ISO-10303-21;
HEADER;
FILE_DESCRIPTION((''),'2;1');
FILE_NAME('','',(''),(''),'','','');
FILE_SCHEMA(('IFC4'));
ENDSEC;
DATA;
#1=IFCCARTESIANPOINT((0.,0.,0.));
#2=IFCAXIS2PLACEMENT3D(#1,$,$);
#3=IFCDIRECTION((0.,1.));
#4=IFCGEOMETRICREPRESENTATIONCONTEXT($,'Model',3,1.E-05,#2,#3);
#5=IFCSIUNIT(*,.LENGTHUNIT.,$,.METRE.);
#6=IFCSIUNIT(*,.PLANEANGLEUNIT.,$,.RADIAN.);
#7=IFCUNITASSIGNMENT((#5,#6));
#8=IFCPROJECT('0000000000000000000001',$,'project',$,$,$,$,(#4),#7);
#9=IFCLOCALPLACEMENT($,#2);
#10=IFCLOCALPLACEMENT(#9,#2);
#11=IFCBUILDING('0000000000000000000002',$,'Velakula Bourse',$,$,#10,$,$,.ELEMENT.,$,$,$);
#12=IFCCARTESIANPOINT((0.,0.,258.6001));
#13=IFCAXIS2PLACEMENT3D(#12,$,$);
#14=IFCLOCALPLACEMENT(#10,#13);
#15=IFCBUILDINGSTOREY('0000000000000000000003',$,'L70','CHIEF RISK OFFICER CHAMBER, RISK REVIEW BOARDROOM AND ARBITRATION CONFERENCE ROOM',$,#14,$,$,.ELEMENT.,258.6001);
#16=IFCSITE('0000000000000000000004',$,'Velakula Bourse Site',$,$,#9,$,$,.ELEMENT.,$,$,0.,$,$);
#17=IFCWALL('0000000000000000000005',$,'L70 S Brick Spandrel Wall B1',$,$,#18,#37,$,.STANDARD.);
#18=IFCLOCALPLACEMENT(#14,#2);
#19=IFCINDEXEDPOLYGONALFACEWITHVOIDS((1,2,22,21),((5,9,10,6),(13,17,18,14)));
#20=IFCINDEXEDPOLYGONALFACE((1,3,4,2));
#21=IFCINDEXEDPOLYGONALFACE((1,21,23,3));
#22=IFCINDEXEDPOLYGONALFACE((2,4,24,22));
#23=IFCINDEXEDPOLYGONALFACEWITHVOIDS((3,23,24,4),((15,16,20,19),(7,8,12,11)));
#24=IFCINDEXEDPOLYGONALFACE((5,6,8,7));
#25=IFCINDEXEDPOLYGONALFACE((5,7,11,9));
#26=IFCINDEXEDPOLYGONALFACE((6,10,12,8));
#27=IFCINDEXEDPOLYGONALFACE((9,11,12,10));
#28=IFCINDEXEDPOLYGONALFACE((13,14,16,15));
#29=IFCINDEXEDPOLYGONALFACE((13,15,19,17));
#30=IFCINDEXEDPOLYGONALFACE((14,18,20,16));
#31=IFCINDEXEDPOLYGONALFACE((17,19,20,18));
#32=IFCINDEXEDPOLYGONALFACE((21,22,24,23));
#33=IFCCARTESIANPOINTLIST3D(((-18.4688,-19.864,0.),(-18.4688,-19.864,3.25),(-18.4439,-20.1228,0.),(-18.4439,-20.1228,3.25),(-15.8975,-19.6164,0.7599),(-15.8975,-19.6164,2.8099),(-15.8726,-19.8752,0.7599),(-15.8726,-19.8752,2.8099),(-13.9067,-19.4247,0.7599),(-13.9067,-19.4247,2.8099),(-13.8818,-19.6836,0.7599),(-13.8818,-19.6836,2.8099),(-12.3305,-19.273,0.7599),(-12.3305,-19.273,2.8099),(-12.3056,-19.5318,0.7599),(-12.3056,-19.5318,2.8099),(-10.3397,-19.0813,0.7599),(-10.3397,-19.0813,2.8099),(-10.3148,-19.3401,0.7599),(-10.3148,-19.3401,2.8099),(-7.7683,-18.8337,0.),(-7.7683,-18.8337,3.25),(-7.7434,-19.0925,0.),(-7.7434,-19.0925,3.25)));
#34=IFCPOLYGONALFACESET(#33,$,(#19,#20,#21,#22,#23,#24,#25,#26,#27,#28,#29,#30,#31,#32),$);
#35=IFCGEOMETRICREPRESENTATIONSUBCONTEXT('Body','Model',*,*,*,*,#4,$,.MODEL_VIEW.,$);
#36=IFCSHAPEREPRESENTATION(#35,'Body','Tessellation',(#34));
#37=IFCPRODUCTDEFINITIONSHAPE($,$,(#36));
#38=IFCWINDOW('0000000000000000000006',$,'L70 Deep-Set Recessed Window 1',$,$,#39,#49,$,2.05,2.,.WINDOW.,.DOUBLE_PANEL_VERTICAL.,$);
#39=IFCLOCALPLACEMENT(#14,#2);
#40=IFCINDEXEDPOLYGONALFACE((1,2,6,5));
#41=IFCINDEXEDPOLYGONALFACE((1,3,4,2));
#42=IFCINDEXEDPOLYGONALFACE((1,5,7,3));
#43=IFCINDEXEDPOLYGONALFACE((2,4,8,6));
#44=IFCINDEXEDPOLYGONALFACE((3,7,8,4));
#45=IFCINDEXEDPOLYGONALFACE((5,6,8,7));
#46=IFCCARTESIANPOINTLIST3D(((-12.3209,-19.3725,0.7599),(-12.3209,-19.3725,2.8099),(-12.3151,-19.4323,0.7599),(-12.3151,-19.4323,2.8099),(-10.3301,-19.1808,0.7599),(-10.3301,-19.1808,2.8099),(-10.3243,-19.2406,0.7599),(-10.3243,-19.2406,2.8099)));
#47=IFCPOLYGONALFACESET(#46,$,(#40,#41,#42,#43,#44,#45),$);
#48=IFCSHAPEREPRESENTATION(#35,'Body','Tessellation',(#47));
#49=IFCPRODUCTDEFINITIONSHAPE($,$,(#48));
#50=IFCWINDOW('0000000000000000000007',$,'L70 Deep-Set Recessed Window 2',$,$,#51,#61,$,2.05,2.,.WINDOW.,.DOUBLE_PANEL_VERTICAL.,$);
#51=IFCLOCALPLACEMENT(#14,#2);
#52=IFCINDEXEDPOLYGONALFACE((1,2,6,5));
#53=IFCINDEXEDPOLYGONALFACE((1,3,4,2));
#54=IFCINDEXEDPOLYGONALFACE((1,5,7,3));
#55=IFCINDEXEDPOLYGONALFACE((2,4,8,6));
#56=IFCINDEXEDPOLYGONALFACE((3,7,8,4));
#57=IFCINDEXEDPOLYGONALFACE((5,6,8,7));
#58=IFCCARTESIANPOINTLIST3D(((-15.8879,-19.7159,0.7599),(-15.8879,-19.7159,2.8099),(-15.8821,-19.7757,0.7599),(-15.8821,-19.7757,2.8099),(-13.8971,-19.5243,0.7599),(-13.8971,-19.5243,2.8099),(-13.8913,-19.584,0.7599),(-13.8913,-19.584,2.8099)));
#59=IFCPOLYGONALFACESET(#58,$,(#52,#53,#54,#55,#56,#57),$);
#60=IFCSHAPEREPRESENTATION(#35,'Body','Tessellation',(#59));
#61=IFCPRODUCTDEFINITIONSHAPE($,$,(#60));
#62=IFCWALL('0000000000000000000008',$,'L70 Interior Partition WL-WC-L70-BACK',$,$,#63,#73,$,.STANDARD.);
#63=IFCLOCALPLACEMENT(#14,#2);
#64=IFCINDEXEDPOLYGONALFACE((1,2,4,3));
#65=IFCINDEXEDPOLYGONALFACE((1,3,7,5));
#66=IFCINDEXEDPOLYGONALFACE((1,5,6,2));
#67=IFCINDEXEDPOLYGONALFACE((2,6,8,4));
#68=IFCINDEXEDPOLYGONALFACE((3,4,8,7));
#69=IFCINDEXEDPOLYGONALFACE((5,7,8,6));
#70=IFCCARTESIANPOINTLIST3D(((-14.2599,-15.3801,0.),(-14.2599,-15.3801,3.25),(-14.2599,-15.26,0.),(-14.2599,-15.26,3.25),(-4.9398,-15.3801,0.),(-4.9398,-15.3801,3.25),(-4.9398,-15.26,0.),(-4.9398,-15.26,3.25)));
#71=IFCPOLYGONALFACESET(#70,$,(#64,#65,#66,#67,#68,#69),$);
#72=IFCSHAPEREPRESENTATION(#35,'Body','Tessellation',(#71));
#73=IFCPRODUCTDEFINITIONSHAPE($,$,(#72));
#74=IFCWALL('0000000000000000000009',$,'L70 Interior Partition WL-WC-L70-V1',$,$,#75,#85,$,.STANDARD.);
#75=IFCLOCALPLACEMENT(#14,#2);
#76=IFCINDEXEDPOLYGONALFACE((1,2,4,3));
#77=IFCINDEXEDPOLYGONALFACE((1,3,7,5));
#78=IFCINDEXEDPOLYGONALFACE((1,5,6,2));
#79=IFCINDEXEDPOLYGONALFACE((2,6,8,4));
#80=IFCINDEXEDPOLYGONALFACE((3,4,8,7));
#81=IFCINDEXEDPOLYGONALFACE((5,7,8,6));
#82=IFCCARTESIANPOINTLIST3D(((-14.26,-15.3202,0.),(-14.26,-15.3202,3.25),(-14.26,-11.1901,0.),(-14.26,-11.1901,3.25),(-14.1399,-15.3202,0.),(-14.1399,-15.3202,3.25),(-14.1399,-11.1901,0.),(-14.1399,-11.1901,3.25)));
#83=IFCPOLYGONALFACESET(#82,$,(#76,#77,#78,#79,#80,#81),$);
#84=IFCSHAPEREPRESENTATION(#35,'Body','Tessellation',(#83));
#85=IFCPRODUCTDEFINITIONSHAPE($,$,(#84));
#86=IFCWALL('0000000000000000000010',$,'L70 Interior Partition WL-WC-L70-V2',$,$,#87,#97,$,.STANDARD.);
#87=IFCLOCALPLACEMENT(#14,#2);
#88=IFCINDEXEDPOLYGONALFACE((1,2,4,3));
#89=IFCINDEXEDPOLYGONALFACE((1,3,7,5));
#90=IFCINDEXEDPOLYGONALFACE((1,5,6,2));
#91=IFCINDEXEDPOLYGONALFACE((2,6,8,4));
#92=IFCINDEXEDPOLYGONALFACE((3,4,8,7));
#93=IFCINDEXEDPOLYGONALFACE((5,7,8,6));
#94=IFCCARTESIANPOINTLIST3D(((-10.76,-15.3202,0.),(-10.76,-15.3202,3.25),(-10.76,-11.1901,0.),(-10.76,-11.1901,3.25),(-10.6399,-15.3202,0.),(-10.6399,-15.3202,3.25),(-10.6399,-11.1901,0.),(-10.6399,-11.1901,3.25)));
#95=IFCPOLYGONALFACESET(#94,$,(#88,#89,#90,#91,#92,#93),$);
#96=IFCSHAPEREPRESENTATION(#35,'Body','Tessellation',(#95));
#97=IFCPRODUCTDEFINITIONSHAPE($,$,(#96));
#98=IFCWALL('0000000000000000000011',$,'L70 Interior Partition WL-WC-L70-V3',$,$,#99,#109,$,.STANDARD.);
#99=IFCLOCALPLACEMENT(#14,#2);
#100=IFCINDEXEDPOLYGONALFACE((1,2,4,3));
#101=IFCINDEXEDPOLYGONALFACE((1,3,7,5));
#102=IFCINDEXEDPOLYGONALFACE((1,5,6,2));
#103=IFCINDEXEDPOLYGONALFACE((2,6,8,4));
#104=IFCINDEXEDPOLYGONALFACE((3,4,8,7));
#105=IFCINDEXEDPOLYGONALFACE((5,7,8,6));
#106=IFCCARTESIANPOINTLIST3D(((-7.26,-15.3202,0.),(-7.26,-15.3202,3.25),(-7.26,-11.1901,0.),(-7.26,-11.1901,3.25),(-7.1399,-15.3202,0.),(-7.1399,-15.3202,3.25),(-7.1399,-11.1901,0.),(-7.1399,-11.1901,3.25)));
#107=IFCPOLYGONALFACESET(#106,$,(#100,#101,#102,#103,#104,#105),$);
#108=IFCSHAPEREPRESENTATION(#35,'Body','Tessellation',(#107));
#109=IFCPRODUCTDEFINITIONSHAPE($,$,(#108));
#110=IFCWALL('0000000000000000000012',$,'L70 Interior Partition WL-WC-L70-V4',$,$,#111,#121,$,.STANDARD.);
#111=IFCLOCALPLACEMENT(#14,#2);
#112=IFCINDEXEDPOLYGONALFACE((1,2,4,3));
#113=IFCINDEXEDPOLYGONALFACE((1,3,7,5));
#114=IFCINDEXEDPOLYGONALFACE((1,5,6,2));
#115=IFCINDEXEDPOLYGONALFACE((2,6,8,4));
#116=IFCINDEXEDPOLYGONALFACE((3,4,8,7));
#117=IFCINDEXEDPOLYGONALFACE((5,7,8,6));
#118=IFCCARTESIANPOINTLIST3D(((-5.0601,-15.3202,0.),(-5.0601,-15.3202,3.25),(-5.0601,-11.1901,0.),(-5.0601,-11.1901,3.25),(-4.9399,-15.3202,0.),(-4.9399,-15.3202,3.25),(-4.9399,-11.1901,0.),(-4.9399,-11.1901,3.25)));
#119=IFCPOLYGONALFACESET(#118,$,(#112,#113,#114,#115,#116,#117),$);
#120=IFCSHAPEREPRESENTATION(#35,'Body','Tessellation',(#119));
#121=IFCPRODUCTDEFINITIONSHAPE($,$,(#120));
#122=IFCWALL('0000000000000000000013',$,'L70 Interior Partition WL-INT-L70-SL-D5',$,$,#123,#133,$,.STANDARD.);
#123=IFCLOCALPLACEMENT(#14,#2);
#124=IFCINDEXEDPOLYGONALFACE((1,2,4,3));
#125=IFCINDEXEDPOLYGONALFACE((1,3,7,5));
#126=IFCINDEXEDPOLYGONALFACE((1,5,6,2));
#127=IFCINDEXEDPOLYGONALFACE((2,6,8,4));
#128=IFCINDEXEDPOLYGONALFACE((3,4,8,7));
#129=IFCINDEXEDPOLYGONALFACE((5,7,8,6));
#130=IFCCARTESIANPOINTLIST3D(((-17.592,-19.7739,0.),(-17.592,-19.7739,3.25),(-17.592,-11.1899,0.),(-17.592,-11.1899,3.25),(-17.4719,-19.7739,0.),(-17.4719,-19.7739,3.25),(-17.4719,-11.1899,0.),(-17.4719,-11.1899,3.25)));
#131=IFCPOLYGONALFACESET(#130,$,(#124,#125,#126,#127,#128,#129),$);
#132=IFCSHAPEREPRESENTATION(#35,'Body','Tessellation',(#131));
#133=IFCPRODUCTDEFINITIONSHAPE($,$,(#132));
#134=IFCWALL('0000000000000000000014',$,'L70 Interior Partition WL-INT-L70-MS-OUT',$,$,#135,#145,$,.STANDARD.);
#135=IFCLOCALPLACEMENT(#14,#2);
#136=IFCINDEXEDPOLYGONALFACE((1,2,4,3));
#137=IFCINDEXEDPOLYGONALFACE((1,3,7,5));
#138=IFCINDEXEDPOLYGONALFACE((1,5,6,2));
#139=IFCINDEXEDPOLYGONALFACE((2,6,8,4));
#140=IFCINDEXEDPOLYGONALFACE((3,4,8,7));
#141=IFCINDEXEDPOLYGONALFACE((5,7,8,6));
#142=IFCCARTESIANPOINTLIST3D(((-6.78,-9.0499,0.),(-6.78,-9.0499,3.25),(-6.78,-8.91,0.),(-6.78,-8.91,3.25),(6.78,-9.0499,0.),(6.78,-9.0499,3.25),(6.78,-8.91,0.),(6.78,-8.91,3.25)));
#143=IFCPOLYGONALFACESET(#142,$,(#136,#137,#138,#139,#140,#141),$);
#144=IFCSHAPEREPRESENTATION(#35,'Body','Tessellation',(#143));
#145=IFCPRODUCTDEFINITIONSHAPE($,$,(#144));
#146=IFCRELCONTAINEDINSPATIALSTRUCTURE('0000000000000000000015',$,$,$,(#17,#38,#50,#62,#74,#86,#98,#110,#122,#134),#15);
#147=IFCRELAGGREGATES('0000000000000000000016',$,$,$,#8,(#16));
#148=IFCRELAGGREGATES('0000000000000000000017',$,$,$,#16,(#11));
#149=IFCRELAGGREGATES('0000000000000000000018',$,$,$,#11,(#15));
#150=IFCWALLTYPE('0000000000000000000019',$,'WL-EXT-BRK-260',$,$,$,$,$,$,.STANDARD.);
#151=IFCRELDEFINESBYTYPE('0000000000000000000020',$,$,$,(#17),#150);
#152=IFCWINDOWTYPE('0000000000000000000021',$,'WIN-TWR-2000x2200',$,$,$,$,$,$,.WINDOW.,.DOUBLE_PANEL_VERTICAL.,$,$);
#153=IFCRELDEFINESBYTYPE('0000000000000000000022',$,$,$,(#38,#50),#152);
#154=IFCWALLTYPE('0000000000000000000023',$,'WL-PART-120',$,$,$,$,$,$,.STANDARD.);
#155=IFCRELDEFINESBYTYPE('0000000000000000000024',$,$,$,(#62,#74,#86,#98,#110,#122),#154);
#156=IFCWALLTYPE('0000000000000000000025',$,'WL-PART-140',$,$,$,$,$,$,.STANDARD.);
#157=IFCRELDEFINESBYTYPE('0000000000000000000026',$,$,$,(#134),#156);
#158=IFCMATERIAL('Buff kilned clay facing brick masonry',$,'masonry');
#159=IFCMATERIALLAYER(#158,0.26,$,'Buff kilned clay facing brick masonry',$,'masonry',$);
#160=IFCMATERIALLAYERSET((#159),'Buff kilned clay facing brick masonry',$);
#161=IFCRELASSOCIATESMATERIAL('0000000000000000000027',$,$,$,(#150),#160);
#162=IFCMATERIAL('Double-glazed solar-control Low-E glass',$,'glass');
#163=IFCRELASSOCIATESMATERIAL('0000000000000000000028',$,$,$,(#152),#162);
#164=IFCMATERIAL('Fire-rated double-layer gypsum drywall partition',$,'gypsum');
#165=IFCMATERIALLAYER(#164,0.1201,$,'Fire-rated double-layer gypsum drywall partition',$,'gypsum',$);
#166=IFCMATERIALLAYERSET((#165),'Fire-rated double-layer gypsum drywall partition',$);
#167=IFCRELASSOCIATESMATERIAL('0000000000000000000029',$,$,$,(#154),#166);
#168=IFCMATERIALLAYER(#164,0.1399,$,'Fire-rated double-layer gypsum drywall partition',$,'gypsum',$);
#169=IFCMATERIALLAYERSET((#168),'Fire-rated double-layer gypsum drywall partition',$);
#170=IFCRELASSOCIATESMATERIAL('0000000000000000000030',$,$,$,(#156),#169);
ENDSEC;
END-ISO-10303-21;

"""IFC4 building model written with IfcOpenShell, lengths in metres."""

from ifc_helpers import new_model, si_unit, direction, frame, frame_2d, origin, place, context, subcontext, project, spatial, rectangle, extrude, material, layer, layer_set, type_object, element, fill, save


model = new_model("IFC4")

# Units and contexts
model_context = context("Model", 3, precision=1e-05, world=origin(), true_north=direction((0.0, 1.0)))
body_context = subcontext(model_context, "Body", "Model", "MODEL_VIEW")
ifc_project = project(units=[si_unit("LENGTHUNIT", "METRE"), si_unit("PLANEANGLEUNIT", "RADIAN")], contexts=[model_context])

# Site, building, storey
site_placement = place(None, origin())
site = spatial("IfcSite", under=ifc_project, at=site_placement, Name="Velakula Bourse Site", CompositionType="ELEMENT", RefElevation=0.0)
building_placement = place(site_placement, origin())
building = spatial("IfcBuilding", under=site, at=building_placement, Name="Velakula Bourse", CompositionType="ELEMENT")
storey_placement = place(building_placement, frame((0.0, 0.0, 258.6001)))
storey = spatial("IfcBuildingStorey", under=building, at=storey_placement, Name="L70", Description="CHIEF RISK OFFICER CHAMBER, RISK REVIEW BOARDROOM AND ARBITRATION CONFERENCE ROOM", CompositionType="ELEMENT", Elevation=258.6001)

# Wall, openings, windows
ifc_material_1 = material(Name="Buff kilned clay facing brick masonry", Category="masonry")
ifc_layer_1 = layer(ifc_material_1, 0.26, Name="Buff kilned clay facing brick masonry", Category="masonry")
ifc_layer_set_1 = layer_set([ifc_layer_1], Name="Buff kilned clay facing brick masonry")
wall_type_1 = type_object("IfcWallType", Name="WL-EXT-BRK-260", PredefinedType="STANDARD", material=ifc_layer_set_1)
wall_1_placement = place(storey_placement, frame((-7.7559, -18.9631, 0.0), z_axis=(0.0, 0.0, 1.0), x_axis=(-0.995397, -0.09584, 0.0)))
wall_1 = element("IfcWall", 1, at=wall_1_placement, inside=storey, type_object=wall_type_1, Name="L70 S Brick Spandrel Wall B1", PredefinedType="STANDARD", context=body_context, shape_type="SweptSolid", body=[
    extrude(rectangle(XDim=10.75, YDim=0.26, at=frame_2d((5.375, 0.0))), origin(), (0.0, 0.0, 1.0), 3.25),
])
opening_1_placement = place(wall_1_placement, frame((2.5833, 0.0, 0.76)))
opening_1 = element("IfcOpeningElement", 2, at=opening_1_placement, cuts=wall_1, PredefinedType="OPENING", context=body_context, shape_type="SweptSolid", body=[
    extrude(rectangle(XDim=2.0, YDim=2.05, at=frame_2d((1.0, 1.0249))), frame((0.0, 0.1399, 0.0), z_axis=(0.0, -1.0, 0.0), x_axis=(1.0, 0.0, 0.0)), (0.0, 0.0, 1.0), 0.28),
])
opening_2_placement = place(wall_1_placement, frame((6.1667, 0.0, 0.76)))
opening_2 = element("IfcOpeningElement", 3, at=opening_2_placement, cuts=wall_1, PredefinedType="OPENING", context=body_context, shape_type="SweptSolid", body=[
    extrude(rectangle(XDim=2.0, YDim=2.05, at=frame_2d((1.0, 1.0249))), frame((0.0, 0.1399, 0.0), z_axis=(0.0, -1.0, 0.0), x_axis=(1.0, 0.0, 0.0)), (0.0, 0.0, 1.0), 0.28),
])
ifc_material_2 = material(Name="Double-glazed solar-control Low-E glass", Category="glass")
window_type = type_object("IfcWindowType", Name="WIN-TWR-2000x2200", PartitioningType="DOUBLE_PANEL_VERTICAL", PredefinedType="WINDOW", material=ifc_material_2)
window_1_placement = place(opening_1_placement, origin())
window_1 = element("IfcWindow", 4, at=window_1_placement, inside=storey, type_object=window_type, Name="L70 Deep-Set Recessed Window 1", OverallHeight=2.05, OverallWidth=2.0, PartitioningType="DOUBLE_PANEL_VERTICAL", PredefinedType="WINDOW", context=body_context, shape_type="SweptSolid", body=[
    extrude(rectangle(XDim=2.0, YDim=2.05, at=frame_2d((1.0, 1.0249))), frame((0.0, 0.03, 0.0), z_axis=(0.0, -1.0, 0.0), x_axis=(1.0, 0.0, 0.0)), (0.0, 0.0, 1.0), 0.0601),
])
fill(opening_1, window_1)
window_2_placement = place(opening_2_placement, origin())
window_2 = element("IfcWindow", 5, at=window_2_placement, inside=storey, type_object=window_type, Name="L70 Deep-Set Recessed Window 2", OverallHeight=2.05, OverallWidth=2.0, PartitioningType="DOUBLE_PANEL_VERTICAL", PredefinedType="WINDOW", context=body_context, shape_type="SweptSolid", body=[
    extrude(rectangle(XDim=2.0, YDim=2.05, at=frame_2d((1.0, 1.0249))), frame((0.0, 0.03, 0.0), z_axis=(0.0, -1.0, 0.0), x_axis=(1.0, 0.0, 0.0)), (0.0, 0.0, 1.0), 0.0601),
])
fill(opening_2, window_2)

# Walls
ifc_material_3 = material(Name="Fire-rated double-layer gypsum drywall partition", Category="gypsum")
ifc_layer_2 = layer(ifc_material_3, 0.1201, Name="Fire-rated double-layer gypsum drywall partition", Category="gypsum")
ifc_layer_set_2 = layer_set([ifc_layer_2], Name="Fire-rated double-layer gypsum drywall partition")
wall_type_2 = type_object("IfcWallType", Name="WL-PART-120", PredefinedType="STANDARD", material=ifc_layer_set_2)
wall_2_placement = place(storey_placement, frame((-14.26, -15.3201, 0.0), z_axis=(0.0, 0.0, 1.0), x_axis=(1.0, 0.0, 0.0)))
element("IfcWall", 6, at=wall_2_placement, inside=storey, type_object=wall_type_2, Name="L70 Interior Partition WL-WC-L70-BACK", PredefinedType="STANDARD", context=body_context, shape_type="SweptSolid", body=[
    extrude(rectangle(XDim=9.3201, YDim=0.1201, at=frame_2d((4.6602, 0.0))), origin(), (0.0, 0.0, 1.0), 3.25),
])
for number, where, z_axis, x_axis, name in (
    (7, (-14.2, -15.3201, 0.0), (0.0, 0.0, 1.0), (0.0, 1.0, 0.0), "L70 Interior Partition WL-WC-L70-V1"),
    (8, (-10.7, -15.3201, 0.0), (0.0, 0.0, 1.0), (0.0, 1.0, 0.0), "L70 Interior Partition WL-WC-L70-V2"),
    (9, (-7.2, -15.3201, 0.0), (0.0, 0.0, 1.0), (0.0, 1.0, 0.0), "L70 Interior Partition WL-WC-L70-V3"),
    (10, (-5.0, -15.3201, 0.0), (0.0, 0.0, 1.0), (0.0, 1.0, 0.0), "L70 Interior Partition WL-WC-L70-V4"),
):
    element("IfcWall", number, at=place(storey_placement, frame(where, z_axis=z_axis, x_axis=x_axis)), inside=storey, type_object=wall_type_2, Name=name, PredefinedType="STANDARD", context=body_context, shape_type="SweptSolid", body=[
        extrude(rectangle(XDim=4.1301, YDim=0.1201, at=frame_2d((2.0649, 0.0))), origin(), (0.0, 0.0, 1.0), 3.25),
    ])
wall_3_placement = place(storey_placement, frame((-17.532, -19.7739, 0.0), z_axis=(0.0, 0.0, 1.0), x_axis=(0.0, 1.0, 0.0)))
element("IfcWall", 11, at=wall_3_placement, inside=storey, type_object=wall_type_2, Name="L70 Interior Partition WL-INT-L70-SL-D5", PredefinedType="STANDARD", context=body_context, shape_type="SweptSolid", body=[
    extrude(rectangle(XDim=8.584, YDim=0.1201, at=frame_2d((4.292, 0.0))), origin(), (0.0, 0.0, 1.0), 3.25),
])
ifc_layer_3 = layer(ifc_material_3, 0.1399, Name="Fire-rated double-layer gypsum drywall partition", Category="gypsum")
ifc_layer_set_3 = layer_set([ifc_layer_3], Name="Fire-rated double-layer gypsum drywall partition")
wall_type_3 = type_object("IfcWallType", Name="WL-PART-140", PredefinedType="STANDARD", material=ifc_layer_set_3)
wall_4_placement = place(storey_placement, frame((-6.78, -8.98, 0.0), z_axis=(0.0, 0.0, 1.0), x_axis=(1.0, 0.0, 0.0)))
element("IfcWall", 12, at=wall_4_placement, inside=storey, type_object=wall_type_3, Name="L70 Interior Partition WL-INT-L70-MS-OUT", PredefinedType="STANDARD", context=body_context, shape_type="SweptSolid", body=[
    extrude(rectangle(XDim=13.5601, YDim=0.1399, at=frame_2d((6.78, 0.0))), origin(), (0.0, 0.0, 1.0), 3.25),
])

save(model, "model.ifc")
